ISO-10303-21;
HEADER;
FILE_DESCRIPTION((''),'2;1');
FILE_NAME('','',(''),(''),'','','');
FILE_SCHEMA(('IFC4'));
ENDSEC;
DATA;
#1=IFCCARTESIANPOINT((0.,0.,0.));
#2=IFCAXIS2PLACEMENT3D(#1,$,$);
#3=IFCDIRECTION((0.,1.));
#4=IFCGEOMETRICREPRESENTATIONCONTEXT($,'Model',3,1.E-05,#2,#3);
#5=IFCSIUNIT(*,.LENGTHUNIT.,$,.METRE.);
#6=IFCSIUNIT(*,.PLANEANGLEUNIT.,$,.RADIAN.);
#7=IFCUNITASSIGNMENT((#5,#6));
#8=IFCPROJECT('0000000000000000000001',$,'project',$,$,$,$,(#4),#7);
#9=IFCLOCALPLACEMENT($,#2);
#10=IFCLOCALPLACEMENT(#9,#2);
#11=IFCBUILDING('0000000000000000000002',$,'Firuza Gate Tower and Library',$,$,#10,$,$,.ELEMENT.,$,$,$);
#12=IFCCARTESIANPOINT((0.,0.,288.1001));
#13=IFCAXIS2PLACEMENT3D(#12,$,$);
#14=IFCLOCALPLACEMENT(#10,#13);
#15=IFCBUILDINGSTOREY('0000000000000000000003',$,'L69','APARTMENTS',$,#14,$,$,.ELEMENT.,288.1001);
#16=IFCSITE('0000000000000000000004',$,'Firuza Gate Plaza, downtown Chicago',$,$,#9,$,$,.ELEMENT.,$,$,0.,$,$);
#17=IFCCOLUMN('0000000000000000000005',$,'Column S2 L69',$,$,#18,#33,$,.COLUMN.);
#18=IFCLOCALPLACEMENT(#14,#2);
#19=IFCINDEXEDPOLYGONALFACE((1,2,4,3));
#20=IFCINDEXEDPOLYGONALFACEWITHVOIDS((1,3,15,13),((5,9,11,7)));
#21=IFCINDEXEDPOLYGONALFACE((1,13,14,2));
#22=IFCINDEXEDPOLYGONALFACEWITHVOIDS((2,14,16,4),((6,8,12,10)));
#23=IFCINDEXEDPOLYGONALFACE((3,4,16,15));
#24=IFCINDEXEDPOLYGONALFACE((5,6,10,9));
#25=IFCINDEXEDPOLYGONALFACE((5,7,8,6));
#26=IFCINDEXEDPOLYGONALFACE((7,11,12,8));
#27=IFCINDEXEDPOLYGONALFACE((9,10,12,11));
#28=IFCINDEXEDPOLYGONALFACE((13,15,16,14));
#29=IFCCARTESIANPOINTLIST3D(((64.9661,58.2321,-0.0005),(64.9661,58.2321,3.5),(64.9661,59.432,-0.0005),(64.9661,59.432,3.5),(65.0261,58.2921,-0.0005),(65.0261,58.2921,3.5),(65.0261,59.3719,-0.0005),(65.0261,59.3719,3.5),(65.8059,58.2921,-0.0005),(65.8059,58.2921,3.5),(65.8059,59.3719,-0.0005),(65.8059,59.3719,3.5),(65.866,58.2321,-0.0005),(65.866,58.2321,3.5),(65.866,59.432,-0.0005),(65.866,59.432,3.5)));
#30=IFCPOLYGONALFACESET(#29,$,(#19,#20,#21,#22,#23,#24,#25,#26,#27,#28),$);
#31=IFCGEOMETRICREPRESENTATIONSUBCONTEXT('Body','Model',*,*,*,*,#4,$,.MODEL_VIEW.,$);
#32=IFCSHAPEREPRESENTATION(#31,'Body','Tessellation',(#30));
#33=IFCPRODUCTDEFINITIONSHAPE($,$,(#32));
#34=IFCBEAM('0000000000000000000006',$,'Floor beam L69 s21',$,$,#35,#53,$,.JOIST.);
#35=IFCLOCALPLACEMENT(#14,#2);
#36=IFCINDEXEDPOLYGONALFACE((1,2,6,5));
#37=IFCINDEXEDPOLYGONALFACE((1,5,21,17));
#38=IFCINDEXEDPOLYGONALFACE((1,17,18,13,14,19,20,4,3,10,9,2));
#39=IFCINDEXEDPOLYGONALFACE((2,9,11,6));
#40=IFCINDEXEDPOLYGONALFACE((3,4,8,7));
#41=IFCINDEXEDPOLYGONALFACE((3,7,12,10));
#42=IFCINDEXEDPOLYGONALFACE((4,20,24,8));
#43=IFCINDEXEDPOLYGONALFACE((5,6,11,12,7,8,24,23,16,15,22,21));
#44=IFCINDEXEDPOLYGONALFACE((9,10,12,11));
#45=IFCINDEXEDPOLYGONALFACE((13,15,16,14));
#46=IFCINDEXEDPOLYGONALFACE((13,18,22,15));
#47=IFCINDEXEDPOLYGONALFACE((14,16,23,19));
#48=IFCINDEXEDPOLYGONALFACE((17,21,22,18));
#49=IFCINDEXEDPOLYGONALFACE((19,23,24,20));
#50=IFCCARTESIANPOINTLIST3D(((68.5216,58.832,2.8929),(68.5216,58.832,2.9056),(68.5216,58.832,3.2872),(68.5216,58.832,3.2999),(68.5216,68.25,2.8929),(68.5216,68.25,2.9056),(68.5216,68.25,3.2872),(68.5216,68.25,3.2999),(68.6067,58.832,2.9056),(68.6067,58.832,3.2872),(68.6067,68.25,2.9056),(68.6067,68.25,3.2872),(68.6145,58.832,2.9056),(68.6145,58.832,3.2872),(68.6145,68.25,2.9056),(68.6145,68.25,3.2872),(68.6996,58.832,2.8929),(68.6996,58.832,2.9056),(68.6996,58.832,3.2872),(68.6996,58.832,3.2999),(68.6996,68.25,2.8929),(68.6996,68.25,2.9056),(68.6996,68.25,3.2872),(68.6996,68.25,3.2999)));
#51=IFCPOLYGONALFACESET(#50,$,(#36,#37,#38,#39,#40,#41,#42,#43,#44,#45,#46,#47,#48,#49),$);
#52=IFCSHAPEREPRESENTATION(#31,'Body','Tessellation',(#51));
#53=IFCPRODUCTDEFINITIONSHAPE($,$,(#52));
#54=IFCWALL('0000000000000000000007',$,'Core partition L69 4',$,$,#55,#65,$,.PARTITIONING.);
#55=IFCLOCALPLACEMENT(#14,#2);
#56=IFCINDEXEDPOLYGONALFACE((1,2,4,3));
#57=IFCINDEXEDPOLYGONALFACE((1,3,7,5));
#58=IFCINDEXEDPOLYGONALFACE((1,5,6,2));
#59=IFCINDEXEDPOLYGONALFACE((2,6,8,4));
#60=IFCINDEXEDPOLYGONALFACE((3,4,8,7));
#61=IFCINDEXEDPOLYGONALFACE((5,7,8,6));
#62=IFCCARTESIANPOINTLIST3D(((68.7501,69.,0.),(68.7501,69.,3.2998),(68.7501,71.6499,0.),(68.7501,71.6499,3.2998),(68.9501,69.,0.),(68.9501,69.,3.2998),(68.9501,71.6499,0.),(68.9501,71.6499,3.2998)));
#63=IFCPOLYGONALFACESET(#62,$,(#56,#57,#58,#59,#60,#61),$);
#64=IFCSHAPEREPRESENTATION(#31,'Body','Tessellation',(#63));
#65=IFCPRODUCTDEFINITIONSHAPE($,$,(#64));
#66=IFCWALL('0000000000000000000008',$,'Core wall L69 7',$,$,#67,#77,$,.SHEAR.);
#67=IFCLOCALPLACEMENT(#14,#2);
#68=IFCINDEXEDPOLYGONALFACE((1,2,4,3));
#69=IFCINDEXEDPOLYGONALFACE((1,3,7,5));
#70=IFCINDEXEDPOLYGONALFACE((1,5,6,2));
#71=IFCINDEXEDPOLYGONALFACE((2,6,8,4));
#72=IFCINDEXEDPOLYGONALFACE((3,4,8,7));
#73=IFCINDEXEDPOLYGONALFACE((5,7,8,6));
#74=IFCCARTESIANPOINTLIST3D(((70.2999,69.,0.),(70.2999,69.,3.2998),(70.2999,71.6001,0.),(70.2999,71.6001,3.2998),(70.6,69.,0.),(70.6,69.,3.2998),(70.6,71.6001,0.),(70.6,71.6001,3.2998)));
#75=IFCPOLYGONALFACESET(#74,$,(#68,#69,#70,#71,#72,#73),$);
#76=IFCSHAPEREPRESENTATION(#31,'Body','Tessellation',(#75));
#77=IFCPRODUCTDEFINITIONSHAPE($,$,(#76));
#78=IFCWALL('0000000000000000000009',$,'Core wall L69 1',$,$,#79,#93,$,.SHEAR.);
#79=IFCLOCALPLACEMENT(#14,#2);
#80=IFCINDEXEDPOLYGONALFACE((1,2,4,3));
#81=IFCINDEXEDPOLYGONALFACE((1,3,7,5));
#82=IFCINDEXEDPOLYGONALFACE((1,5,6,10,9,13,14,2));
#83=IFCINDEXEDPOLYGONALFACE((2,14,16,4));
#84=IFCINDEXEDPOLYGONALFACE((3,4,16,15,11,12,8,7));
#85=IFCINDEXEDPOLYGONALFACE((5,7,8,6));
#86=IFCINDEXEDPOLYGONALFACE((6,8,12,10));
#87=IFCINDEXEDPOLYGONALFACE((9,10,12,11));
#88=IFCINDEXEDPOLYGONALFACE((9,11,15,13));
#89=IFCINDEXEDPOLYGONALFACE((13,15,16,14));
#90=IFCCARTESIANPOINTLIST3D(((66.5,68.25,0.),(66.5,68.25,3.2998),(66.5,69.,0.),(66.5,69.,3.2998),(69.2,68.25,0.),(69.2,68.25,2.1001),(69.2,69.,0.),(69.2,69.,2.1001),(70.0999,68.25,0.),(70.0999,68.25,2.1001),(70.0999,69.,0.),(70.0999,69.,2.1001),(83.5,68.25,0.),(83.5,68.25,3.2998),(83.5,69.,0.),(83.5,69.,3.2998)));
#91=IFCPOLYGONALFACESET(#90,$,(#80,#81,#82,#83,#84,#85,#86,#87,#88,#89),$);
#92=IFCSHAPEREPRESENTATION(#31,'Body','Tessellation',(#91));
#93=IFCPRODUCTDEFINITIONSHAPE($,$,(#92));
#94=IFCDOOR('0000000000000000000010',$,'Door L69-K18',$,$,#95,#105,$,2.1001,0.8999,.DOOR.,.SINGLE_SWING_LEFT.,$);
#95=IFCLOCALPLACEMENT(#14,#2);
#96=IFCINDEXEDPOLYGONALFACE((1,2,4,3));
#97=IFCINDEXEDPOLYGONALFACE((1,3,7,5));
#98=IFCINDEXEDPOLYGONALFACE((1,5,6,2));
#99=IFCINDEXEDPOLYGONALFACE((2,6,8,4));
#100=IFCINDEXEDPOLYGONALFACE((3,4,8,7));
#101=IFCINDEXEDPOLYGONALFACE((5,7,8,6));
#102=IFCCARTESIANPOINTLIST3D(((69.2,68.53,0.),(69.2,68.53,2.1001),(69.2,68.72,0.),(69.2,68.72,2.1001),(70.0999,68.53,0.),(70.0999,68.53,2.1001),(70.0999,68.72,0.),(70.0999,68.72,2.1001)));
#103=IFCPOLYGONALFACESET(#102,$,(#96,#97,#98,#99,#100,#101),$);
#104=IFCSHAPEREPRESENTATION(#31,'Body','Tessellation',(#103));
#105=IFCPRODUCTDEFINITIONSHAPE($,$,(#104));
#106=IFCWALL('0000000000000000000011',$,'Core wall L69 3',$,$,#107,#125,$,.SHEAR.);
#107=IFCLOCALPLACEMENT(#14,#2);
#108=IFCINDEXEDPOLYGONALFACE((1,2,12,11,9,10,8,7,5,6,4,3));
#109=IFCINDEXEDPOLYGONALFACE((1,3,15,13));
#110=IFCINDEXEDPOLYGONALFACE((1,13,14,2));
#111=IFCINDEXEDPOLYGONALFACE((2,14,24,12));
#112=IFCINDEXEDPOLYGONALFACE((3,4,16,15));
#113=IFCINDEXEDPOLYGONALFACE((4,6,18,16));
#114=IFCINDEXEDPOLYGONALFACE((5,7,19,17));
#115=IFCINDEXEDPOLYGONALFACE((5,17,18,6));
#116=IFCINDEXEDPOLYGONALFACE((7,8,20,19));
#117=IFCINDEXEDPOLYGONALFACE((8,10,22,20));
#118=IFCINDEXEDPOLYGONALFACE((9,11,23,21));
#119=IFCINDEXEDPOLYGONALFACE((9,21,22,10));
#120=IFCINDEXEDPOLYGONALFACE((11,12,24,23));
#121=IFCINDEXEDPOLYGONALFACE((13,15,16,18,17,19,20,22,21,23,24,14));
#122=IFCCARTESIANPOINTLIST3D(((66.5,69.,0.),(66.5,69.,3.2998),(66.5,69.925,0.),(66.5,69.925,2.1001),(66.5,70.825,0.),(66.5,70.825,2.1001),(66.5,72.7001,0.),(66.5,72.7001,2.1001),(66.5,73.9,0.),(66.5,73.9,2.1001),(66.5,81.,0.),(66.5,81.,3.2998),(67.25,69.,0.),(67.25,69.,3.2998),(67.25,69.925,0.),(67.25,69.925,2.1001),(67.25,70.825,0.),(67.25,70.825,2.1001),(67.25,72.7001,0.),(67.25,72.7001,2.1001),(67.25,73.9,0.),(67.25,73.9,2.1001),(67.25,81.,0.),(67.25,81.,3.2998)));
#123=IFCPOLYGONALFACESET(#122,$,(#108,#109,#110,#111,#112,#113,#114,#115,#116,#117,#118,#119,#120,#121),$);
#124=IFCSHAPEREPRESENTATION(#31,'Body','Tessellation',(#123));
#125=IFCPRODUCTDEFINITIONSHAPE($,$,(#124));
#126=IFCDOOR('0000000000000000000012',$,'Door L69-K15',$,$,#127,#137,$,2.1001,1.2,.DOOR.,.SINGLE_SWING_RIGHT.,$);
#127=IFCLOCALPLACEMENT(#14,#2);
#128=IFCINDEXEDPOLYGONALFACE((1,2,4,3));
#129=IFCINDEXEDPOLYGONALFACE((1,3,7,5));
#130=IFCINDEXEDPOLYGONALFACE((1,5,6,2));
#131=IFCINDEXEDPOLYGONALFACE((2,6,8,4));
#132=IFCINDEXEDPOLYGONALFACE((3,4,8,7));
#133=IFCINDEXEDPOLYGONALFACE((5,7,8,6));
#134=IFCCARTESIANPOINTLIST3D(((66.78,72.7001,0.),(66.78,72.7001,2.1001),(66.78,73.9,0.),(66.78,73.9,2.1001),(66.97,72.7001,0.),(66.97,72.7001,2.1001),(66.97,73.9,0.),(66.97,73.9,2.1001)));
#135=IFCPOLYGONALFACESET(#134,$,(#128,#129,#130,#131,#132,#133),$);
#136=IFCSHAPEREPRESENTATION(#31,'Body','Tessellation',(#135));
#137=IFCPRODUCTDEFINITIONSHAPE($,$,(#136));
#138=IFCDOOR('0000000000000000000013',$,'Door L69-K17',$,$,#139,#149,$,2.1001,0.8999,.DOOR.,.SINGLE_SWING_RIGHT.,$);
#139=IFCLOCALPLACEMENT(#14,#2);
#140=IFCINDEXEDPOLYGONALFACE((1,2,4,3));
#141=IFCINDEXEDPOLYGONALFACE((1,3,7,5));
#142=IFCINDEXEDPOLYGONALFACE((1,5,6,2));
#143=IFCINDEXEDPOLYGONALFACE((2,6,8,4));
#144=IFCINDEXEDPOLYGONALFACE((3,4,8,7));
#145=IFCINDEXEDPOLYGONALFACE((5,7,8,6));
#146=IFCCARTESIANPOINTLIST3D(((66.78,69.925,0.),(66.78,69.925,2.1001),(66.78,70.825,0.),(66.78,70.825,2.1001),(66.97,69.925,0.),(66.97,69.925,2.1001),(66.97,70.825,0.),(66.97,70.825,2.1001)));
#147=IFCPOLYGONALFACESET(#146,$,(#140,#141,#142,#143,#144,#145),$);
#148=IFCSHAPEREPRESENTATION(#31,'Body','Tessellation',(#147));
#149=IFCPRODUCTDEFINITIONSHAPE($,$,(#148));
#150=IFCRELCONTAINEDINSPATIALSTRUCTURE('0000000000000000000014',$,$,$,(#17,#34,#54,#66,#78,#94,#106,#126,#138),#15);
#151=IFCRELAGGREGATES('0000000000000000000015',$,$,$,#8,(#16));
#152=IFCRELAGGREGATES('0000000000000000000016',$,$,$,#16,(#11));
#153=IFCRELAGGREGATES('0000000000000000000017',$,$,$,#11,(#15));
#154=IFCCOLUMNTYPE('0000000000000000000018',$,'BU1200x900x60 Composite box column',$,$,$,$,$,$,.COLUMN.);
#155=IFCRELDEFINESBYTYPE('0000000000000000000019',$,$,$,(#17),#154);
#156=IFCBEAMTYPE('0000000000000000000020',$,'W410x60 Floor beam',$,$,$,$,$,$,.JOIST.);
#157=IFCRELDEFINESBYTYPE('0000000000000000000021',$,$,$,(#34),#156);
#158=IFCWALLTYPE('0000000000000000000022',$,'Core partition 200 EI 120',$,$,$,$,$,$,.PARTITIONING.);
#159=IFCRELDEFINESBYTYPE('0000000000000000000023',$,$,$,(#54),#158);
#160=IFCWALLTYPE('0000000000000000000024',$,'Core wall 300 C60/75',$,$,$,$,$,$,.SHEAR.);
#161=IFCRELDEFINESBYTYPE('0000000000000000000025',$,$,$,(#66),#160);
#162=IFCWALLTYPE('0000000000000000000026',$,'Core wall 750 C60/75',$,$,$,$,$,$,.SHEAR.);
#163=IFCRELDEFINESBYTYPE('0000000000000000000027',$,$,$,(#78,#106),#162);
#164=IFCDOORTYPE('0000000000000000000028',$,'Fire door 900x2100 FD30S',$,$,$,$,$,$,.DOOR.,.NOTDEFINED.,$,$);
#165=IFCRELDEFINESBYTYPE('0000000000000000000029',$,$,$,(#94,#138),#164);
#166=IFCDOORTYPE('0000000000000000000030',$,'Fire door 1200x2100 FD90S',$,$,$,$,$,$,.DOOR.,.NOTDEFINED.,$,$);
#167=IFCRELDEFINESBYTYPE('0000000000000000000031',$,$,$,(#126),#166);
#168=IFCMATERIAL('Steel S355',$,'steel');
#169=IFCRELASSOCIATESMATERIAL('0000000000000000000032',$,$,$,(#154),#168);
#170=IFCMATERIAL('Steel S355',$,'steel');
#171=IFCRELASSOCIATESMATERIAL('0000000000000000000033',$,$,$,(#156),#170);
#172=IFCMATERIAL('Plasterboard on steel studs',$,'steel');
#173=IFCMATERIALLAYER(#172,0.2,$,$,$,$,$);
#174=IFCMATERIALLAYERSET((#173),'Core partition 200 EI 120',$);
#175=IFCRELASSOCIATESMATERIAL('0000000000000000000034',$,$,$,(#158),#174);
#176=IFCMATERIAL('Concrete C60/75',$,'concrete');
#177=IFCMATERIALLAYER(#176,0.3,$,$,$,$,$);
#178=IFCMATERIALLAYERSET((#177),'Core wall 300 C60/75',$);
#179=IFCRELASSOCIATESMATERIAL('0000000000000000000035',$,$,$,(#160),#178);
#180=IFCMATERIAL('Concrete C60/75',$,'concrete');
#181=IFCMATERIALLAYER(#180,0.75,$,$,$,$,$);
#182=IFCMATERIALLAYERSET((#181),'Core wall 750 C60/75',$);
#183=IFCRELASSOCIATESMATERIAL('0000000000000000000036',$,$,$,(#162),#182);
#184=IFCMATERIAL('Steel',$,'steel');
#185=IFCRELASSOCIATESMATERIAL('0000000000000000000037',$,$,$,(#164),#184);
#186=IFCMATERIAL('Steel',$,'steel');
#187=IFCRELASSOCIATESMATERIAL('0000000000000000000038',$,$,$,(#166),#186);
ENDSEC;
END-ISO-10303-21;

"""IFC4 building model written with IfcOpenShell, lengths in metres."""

from ifc_helpers import new_model, si_unit, direction, frame, frame_2d, origin, origin_2d, place, context, subcontext, project, spatial, rectangle, hollow_rectangle, i_section, extrude, material, layer, layer_set, material_profile, profile_set, type_object, element, fill, save


model = new_model("IFC4")

# Units and contexts
model_context = context("Model", 3, precision=1e-05, world=origin(), true_north=direction((0.0, 1.0)))
body_context = subcontext(model_context, "Body", "Model", "MODEL_VIEW")
ifc_project = project(units=[si_unit("LENGTHUNIT", "METRE"), si_unit("PLANEANGLEUNIT", "RADIAN")], contexts=[model_context])

# Site, building, storey
site_placement = place(None, origin())
site = spatial("IfcSite", under=ifc_project, at=site_placement, Name="Firuza Gate Plaza, downtown Chicago", CompositionType="ELEMENT", RefElevation=0.0)
building_placement = place(site_placement, origin())
building = spatial("IfcBuilding", under=site, at=building_placement, Name="Firuza Gate Tower and Library", CompositionType="ELEMENT")
storey_placement = place(building_placement, frame((0.0, 0.0, 288.1001)))
storey = spatial("IfcBuildingStorey", under=building, at=storey_placement, Name="L69", Description="APARTMENTS", CompositionType="ELEMENT", Elevation=288.1001)

# Column
ifc_material_1 = material(Name="Steel S355", Category="steel")
ifc_material_profile_1 = material_profile(ifc_material_1, hollow_rectangle(XDim=0.8999, YDim=1.2, WallThickness=0.0601, at=origin_2d()))
ifc_profile_set_1 = profile_set([ifc_material_profile_1], Name="Steel S355")
column_type = type_object("IfcColumnType", Name="BU1200x900x60 Composite box column", PredefinedType="COLUMN", material=ifc_profile_set_1)
column_placement = place(storey_placement, frame((65.416, 58.832, -0.0005), z_axis=(0.0, 0.0, 1.0), x_axis=(1.0, 0.0, 0.0)))
element("IfcColumn", 1, at=column_placement, inside=storey, type_object=column_type, Name="Column S2 L69", PredefinedType="COLUMN", context=body_context, shape_type="SweptSolid", body=[
    extrude(hollow_rectangle(XDim=0.8999, YDim=1.2, WallThickness=0.0601, at=origin_2d()), origin(), (0.0, 0.0, 1.0), 3.5005),
])

# Beam
ifc_material_2 = material(Name="Steel S355", Category="steel")
ifc_material_profile_2 = material_profile(ifc_material_2, i_section(OverallWidth=0.178, OverallDepth=0.407, WebThickness=0.0078, FlangeThickness=0.0127, at=origin_2d()))
ifc_profile_set_2 = profile_set([ifc_material_profile_2], Name="Steel S355")
beam_type = type_object("IfcBeamType", Name="W410x60 Floor beam", PredefinedType="JOIST", material=ifc_profile_set_2)
beam_placement = place(storey_placement, frame((68.6106, 58.832, 3.0964), z_axis=(0.0, 1.0, 0.0), x_axis=(-1.0, 0.0, 0.0)))
element("IfcBeam", 2, at=beam_placement, inside=storey, type_object=beam_type, Name="Floor beam L69 s21", PredefinedType="JOIST", context=body_context, shape_type="SweptSolid", body=[
    extrude(i_section(OverallWidth=0.178, OverallDepth=0.407, WebThickness=0.0078, FlangeThickness=0.0127, at=origin_2d()), origin(), (0.0, 0.0, 1.0), 9.418),
])

# Walls
ifc_material_3 = material(Name="Plasterboard on steel studs", Category="steel")
ifc_layer_1 = layer(ifc_material_3, 0.2)
ifc_layer_set_1 = layer_set([ifc_layer_1], Name="Core partition 200 EI 120")
wall_type_1 = type_object("IfcWallType", Name="Core partition 200 EI 120", PredefinedType="PARTITIONING", material=ifc_layer_set_1)
wall_1_placement = place(storey_placement, frame((68.8501, 69.0, 0.0), z_axis=(0.0, 0.0, 1.0), x_axis=(0.0, 1.0, 0.0)))
element("IfcWall", 3, at=wall_1_placement, inside=storey, type_object=wall_type_1, Name="Core partition L69 4", PredefinedType="PARTITIONING", context=body_context, shape_type="SweptSolid", body=[
    extrude(rectangle(XDim=2.6499, YDim=0.2, at=frame_2d((1.325, 0.0))), origin(), (0.0, 0.0, 1.0), 3.2998),
])
ifc_material_4 = material(Name="Concrete C60/75", Category="concrete")
ifc_layer_2 = layer(ifc_material_4, 0.3)
ifc_layer_set_2 = layer_set([ifc_layer_2], Name="Core wall 300 C60/75")
wall_type_2 = type_object("IfcWallType", Name="Core wall 300 C60/75", PredefinedType="SHEAR", material=ifc_layer_set_2)
wall_2_placement = place(storey_placement, frame((70.45, 69.0, 0.0), z_axis=(0.0, 0.0, 1.0), x_axis=(0.0, 1.0, 0.0)))
element("IfcWall", 4, at=wall_2_placement, inside=storey, type_object=wall_type_2, Name="Core wall L69 7", PredefinedType="SHEAR", context=body_context, shape_type="SweptSolid", body=[
    extrude(rectangle(XDim=2.6001, YDim=0.3, at=frame_2d((1.3, 0.0))), origin(), (0.0, 0.0, 1.0), 3.2998),
])

# Wall, opening, door
ifc_material_5 = material(Name="Concrete C60/75", Category="concrete")
ifc_layer_3 = layer(ifc_material_5, 0.75)
ifc_layer_set_3 = layer_set([ifc_layer_3], Name="Core wall 750 C60/75")
wall_type_3 = type_object("IfcWallType", Name="Core wall 750 C60/75", PredefinedType="SHEAR", material=ifc_layer_set_3)
wall_3_placement = place(storey_placement, frame((66.5, 68.625, 0.0), z_axis=(0.0, 0.0, 1.0), x_axis=(1.0, 0.0, 0.0)))
wall_3 = element("IfcWall", 5, at=wall_3_placement, inside=storey, type_object=wall_type_3, Name="Core wall L69 1", PredefinedType="SHEAR", context=body_context, shape_type="SweptSolid", body=[
    extrude(rectangle(XDim=17.0, YDim=0.75, at=frame_2d((8.5, 0.0))), origin(), (0.0, 0.0, 1.0), 3.2998),
])
opening_1_placement = place(wall_3_placement, frame((2.7, 0.0, 0.0)))
opening_1 = element("IfcOpeningElement", 6, at=opening_1_placement, cuts=wall_3, PredefinedType="OPENING", context=body_context, shape_type="SweptSolid", body=[
    extrude(rectangle(XDim=0.8999, YDim=2.1001, at=frame_2d((0.45, 1.05))), frame((0.0, 0.385, 0.0), z_axis=(0.0, -1.0, 0.0), x_axis=(1.0, 0.0, 0.0)), (0.0, 0.0, 1.0), 0.77),
])
ifc_material_6 = material(Name="Steel", Category="steel")
door_type_1 = type_object("IfcDoorType", Name="Fire door 900x2100 FD30S", OperationType="NOTDEFINED", PredefinedType="DOOR", material=ifc_material_6)
door_1_placement = place(opening_1_placement, origin())
door_1 = element("IfcDoor", 7, at=door_1_placement, inside=storey, type_object=door_type_1, Name="Door L69-K18", OperationType="SINGLE_SWING_LEFT", OverallHeight=2.1001, OverallWidth=0.8999, PredefinedType="DOOR", context=body_context, shape_type="SweptSolid", body=[
    extrude(rectangle(XDim=0.8999, YDim=2.1001, at=frame_2d((0.45, 1.05))), frame((0.0, 0.095, 0.0), z_axis=(0.0, -1.0, 0.0), x_axis=(1.0, 0.0, 0.0)), (0.0, 0.0, 1.0), 0.1899),
])
fill(opening_1, door_1)

# Wall, openings, doors
wall_4_placement = place(storey_placement, frame((66.875, 69.0, 0.0), z_axis=(0.0, 0.0, 1.0), x_axis=(0.0, 1.0, 0.0)))
wall_4 = element("IfcWall", 8, at=wall_4_placement, inside=storey, type_object=wall_type_3, Name="Core wall L69 3", PredefinedType="SHEAR", context=body_context, shape_type="SweptSolid", body=[
    extrude(rectangle(XDim=12.0, YDim=0.75, at=frame_2d((6.0, 0.0))), origin(), (0.0, 0.0, 1.0), 3.2998),
])
opening_2_placement = place(wall_4_placement, frame((3.7, 0.0, 0.0)))
opening_2 = element("IfcOpeningElement", 9, at=opening_2_placement, cuts=wall_4, PredefinedType="OPENING", context=body_context, shape_type="SweptSolid", body=[
    extrude(rectangle(XDim=1.2, YDim=2.1001, at=frame_2d((0.6001, 1.05))), frame((0.0, 0.385, 0.0), z_axis=(0.0, -1.0, 0.0), x_axis=(1.0, 0.0, 0.0)), (0.0, 0.0, 1.0), 0.77),
])
opening_3_placement = place(wall_4_placement, frame((0.925, 0.0, 0.0)))
opening_3 = element("IfcOpeningElement", 10, at=opening_3_placement, cuts=wall_4, PredefinedType="OPENING", context=body_context, shape_type="SweptSolid", body=[
    extrude(rectangle(XDim=0.8999, YDim=2.1001, at=frame_2d((0.45, 1.05))), frame((0.0, 0.385, 0.0), z_axis=(0.0, -1.0, 0.0), x_axis=(1.0, 0.0, 0.0)), (0.0, 0.0, 1.0), 0.77),
])
ifc_material_7 = material(Name="Steel", Category="steel")
door_type_2 = type_object("IfcDoorType", Name="Fire door 1200x2100 FD90S", OperationType="NOTDEFINED", PredefinedType="DOOR", material=ifc_material_7)
door_2_placement = place(opening_2_placement, origin())
door_2 = element("IfcDoor", 11, at=door_2_placement, inside=storey, type_object=door_type_2, Name="Door L69-K15", OperationType="SINGLE_SWING_RIGHT", OverallHeight=2.1001, OverallWidth=1.2, PredefinedType="DOOR", context=body_context, shape_type="SweptSolid", body=[
    extrude(rectangle(XDim=1.2, YDim=2.1001, at=frame_2d((0.6001, 1.05))), frame((0.0, 0.095, 0.0), z_axis=(0.0, -1.0, 0.0), x_axis=(1.0, 0.0, 0.0)), (0.0, 0.0, 1.0), 0.1899),
])
fill(opening_2, door_2)
door_3_placement = place(opening_3_placement, origin())
door_3 = element("IfcDoor", 12, at=door_3_placement, inside=storey, type_object=door_type_1, Name="Door L69-K17", OperationType="SINGLE_SWING_RIGHT", OverallHeight=2.1001, OverallWidth=0.8999, PredefinedType="DOOR", context=body_context, shape_type="SweptSolid", body=[
    extrude(rectangle(XDim=0.8999, YDim=2.1001, at=frame_2d((0.45, 1.05))), frame((0.0, 0.095, 0.0), z_axis=(0.0, -1.0, 0.0), x_axis=(1.0, 0.0, 0.0)), (0.0, 0.0, 1.0), 0.1899),
])
fill(opening_3, door_3)

save(model, "model.ifc")
